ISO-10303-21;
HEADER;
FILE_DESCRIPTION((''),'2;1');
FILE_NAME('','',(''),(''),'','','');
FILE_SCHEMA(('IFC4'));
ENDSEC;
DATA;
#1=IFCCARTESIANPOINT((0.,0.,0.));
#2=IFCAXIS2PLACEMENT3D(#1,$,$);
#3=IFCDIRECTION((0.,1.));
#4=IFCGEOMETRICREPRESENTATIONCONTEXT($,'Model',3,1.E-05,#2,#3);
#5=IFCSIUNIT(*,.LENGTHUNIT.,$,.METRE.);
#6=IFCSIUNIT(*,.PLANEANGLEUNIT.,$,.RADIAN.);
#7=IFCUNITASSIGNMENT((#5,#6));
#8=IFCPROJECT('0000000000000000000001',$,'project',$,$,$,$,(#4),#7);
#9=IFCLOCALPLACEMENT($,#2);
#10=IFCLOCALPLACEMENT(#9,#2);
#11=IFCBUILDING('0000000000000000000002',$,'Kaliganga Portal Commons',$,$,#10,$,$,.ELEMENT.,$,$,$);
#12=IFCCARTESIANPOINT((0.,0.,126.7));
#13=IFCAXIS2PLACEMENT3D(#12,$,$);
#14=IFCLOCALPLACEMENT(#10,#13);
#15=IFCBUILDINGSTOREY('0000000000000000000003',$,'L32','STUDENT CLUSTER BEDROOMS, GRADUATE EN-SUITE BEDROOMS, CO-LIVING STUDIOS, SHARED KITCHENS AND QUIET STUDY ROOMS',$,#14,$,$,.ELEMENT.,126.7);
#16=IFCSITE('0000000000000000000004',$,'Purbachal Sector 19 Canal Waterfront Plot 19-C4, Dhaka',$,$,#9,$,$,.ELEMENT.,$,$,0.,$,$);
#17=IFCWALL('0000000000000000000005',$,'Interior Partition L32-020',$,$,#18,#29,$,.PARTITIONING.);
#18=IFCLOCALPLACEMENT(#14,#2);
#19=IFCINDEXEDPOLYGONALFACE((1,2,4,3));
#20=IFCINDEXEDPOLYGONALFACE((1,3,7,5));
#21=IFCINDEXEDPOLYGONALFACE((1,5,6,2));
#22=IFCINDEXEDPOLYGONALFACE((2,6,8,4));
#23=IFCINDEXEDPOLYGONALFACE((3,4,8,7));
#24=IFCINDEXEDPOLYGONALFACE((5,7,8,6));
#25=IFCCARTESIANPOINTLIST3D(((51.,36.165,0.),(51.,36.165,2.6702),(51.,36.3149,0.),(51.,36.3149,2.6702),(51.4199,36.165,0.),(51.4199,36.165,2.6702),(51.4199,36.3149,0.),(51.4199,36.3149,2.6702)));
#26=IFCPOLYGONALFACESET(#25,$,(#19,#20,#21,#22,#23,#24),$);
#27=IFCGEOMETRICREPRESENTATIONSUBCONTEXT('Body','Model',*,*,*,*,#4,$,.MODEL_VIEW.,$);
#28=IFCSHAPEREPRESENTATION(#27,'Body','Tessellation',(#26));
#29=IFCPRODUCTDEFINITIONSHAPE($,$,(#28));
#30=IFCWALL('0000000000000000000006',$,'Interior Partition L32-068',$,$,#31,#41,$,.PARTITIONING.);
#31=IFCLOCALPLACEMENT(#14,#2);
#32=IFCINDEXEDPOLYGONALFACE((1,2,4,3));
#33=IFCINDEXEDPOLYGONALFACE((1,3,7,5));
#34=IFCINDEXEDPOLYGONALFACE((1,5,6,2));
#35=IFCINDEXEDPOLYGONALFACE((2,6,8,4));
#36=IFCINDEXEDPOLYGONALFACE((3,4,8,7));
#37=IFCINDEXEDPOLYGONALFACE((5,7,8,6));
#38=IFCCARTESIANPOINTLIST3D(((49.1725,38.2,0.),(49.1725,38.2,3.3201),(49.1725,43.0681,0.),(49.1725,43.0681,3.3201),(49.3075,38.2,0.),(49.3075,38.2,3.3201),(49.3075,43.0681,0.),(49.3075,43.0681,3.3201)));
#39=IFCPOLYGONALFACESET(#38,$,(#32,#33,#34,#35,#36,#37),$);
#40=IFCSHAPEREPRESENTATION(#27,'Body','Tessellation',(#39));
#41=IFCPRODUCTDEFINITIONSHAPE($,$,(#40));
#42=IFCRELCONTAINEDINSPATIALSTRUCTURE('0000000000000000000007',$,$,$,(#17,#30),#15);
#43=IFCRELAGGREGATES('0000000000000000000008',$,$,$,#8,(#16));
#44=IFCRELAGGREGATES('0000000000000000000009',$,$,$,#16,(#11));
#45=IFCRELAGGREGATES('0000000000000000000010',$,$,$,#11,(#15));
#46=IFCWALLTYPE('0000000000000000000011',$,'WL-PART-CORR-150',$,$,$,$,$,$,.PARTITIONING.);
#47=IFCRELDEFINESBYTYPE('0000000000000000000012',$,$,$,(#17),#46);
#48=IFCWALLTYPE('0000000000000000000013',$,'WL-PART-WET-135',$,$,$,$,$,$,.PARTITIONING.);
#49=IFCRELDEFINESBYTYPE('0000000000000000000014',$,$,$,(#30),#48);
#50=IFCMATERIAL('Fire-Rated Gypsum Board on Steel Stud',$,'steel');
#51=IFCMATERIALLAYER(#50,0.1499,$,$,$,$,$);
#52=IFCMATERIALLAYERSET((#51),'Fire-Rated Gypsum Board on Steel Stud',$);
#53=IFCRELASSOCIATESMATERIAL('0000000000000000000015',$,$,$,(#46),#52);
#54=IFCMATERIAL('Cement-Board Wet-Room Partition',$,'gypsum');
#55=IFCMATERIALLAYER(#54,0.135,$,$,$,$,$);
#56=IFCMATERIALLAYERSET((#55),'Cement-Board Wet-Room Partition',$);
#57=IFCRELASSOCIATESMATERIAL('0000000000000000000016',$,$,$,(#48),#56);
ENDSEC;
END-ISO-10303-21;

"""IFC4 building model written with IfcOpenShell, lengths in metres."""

from ifc_helpers import new_model, si_unit, direction, frame, frame_2d, origin, place, context, subcontext, project, spatial, rectangle, extrude, material, layer, layer_set, type_object, element, save


model = new_model("IFC4")

# Units and contexts
model_context = context("Model", 3, precision=1e-05, world=origin(), true_north=direction((0.0, 1.0)))
body_context = subcontext(model_context, "Body", "Model", "MODEL_VIEW")
ifc_project = project(units=[si_unit("LENGTHUNIT", "METRE"), si_unit("PLANEANGLEUNIT", "RADIAN")], contexts=[model_context])

# Site, building, storey
site_placement = place(None, origin())
site = spatial("IfcSite", under=ifc_project, at=site_placement, Name="Purbachal Sector 19 Canal Waterfront Plot 19-C4, Dhaka", CompositionType="ELEMENT", RefElevation=0.0)
building_placement = place(site_placement, origin())
building = spatial("IfcBuilding", under=site, at=building_placement, Name="Kaliganga Portal Commons", CompositionType="ELEMENT")
storey_placement = place(building_placement, frame((0.0, 0.0, 126.7)))
storey = spatial("IfcBuildingStorey", under=building, at=storey_placement, Name="L32", Description="STUDENT CLUSTER BEDROOMS, GRADUATE EN-SUITE BEDROOMS, CO-LIVING STUDIOS, SHARED KITCHENS AND QUIET STUDY ROOMS", CompositionType="ELEMENT", Elevation=126.7)

# Shared definitions
ifc_material_1 = material(Name="Fire-Rated Gypsum Board on Steel Stud", Category="steel")
ifc_layer_1 = layer(ifc_material_1, 0.1499)
ifc_layer_set_1 = layer_set([ifc_layer_1], Name="Fire-Rated Gypsum Board on Steel Stud")
wall_type_1 = type_object("IfcWallType", Name="WL-PART-CORR-150", PredefinedType="PARTITIONING", material=ifc_layer_set_1)

# Wall
wall_1_placement = place(storey_placement, frame((51.0, 36.24, 0.0), z_axis=(0.0, 0.0, 1.0), x_axis=(1.0, 0.0, 0.0)))
element("IfcWall", 1, at=wall_1_placement, inside=storey, type_object=wall_type_1, Name="Interior Partition L32-020", PredefinedType="PARTITIONING", context=body_context, shape_type="SweptSolid", body=[
    extrude(rectangle(XDim=0.4199, YDim=0.1499, at=frame_2d((0.21, 0.0))), origin(), (0.0, 0.0, 1.0), 2.6702),
])

# Wall
ifc_material_2 = material(Name="Cement-Board Wet-Room Partition", Category="gypsum")
ifc_layer_2 = layer(ifc_material_2, 0.135)
ifc_layer_set_2 = layer_set([ifc_layer_2], Name="Cement-Board Wet-Room Partition")
wall_type_2 = type_object("IfcWallType", Name="WL-PART-WET-135", PredefinedType="PARTITIONING", material=ifc_layer_set_2)
wall_2_placement = place(storey_placement, frame((49.24, 38.2, 0.0), z_axis=(0.0, 0.0, 1.0), x_axis=(0.0, 1.0, 0.0)))
element("IfcWall", 2, at=wall_2_placement, inside=storey, type_object=wall_type_2, Name="Interior Partition L32-068", PredefinedType="PARTITIONING", context=body_context, shape_type="SweptSolid", body=[
    extrude(rectangle(XDim=4.8682, YDim=0.135, at=frame_2d((2.4341, 0.0))), origin(), (0.0, 0.0, 1.0), 3.3201),
])

save(model, "model.ifc")
